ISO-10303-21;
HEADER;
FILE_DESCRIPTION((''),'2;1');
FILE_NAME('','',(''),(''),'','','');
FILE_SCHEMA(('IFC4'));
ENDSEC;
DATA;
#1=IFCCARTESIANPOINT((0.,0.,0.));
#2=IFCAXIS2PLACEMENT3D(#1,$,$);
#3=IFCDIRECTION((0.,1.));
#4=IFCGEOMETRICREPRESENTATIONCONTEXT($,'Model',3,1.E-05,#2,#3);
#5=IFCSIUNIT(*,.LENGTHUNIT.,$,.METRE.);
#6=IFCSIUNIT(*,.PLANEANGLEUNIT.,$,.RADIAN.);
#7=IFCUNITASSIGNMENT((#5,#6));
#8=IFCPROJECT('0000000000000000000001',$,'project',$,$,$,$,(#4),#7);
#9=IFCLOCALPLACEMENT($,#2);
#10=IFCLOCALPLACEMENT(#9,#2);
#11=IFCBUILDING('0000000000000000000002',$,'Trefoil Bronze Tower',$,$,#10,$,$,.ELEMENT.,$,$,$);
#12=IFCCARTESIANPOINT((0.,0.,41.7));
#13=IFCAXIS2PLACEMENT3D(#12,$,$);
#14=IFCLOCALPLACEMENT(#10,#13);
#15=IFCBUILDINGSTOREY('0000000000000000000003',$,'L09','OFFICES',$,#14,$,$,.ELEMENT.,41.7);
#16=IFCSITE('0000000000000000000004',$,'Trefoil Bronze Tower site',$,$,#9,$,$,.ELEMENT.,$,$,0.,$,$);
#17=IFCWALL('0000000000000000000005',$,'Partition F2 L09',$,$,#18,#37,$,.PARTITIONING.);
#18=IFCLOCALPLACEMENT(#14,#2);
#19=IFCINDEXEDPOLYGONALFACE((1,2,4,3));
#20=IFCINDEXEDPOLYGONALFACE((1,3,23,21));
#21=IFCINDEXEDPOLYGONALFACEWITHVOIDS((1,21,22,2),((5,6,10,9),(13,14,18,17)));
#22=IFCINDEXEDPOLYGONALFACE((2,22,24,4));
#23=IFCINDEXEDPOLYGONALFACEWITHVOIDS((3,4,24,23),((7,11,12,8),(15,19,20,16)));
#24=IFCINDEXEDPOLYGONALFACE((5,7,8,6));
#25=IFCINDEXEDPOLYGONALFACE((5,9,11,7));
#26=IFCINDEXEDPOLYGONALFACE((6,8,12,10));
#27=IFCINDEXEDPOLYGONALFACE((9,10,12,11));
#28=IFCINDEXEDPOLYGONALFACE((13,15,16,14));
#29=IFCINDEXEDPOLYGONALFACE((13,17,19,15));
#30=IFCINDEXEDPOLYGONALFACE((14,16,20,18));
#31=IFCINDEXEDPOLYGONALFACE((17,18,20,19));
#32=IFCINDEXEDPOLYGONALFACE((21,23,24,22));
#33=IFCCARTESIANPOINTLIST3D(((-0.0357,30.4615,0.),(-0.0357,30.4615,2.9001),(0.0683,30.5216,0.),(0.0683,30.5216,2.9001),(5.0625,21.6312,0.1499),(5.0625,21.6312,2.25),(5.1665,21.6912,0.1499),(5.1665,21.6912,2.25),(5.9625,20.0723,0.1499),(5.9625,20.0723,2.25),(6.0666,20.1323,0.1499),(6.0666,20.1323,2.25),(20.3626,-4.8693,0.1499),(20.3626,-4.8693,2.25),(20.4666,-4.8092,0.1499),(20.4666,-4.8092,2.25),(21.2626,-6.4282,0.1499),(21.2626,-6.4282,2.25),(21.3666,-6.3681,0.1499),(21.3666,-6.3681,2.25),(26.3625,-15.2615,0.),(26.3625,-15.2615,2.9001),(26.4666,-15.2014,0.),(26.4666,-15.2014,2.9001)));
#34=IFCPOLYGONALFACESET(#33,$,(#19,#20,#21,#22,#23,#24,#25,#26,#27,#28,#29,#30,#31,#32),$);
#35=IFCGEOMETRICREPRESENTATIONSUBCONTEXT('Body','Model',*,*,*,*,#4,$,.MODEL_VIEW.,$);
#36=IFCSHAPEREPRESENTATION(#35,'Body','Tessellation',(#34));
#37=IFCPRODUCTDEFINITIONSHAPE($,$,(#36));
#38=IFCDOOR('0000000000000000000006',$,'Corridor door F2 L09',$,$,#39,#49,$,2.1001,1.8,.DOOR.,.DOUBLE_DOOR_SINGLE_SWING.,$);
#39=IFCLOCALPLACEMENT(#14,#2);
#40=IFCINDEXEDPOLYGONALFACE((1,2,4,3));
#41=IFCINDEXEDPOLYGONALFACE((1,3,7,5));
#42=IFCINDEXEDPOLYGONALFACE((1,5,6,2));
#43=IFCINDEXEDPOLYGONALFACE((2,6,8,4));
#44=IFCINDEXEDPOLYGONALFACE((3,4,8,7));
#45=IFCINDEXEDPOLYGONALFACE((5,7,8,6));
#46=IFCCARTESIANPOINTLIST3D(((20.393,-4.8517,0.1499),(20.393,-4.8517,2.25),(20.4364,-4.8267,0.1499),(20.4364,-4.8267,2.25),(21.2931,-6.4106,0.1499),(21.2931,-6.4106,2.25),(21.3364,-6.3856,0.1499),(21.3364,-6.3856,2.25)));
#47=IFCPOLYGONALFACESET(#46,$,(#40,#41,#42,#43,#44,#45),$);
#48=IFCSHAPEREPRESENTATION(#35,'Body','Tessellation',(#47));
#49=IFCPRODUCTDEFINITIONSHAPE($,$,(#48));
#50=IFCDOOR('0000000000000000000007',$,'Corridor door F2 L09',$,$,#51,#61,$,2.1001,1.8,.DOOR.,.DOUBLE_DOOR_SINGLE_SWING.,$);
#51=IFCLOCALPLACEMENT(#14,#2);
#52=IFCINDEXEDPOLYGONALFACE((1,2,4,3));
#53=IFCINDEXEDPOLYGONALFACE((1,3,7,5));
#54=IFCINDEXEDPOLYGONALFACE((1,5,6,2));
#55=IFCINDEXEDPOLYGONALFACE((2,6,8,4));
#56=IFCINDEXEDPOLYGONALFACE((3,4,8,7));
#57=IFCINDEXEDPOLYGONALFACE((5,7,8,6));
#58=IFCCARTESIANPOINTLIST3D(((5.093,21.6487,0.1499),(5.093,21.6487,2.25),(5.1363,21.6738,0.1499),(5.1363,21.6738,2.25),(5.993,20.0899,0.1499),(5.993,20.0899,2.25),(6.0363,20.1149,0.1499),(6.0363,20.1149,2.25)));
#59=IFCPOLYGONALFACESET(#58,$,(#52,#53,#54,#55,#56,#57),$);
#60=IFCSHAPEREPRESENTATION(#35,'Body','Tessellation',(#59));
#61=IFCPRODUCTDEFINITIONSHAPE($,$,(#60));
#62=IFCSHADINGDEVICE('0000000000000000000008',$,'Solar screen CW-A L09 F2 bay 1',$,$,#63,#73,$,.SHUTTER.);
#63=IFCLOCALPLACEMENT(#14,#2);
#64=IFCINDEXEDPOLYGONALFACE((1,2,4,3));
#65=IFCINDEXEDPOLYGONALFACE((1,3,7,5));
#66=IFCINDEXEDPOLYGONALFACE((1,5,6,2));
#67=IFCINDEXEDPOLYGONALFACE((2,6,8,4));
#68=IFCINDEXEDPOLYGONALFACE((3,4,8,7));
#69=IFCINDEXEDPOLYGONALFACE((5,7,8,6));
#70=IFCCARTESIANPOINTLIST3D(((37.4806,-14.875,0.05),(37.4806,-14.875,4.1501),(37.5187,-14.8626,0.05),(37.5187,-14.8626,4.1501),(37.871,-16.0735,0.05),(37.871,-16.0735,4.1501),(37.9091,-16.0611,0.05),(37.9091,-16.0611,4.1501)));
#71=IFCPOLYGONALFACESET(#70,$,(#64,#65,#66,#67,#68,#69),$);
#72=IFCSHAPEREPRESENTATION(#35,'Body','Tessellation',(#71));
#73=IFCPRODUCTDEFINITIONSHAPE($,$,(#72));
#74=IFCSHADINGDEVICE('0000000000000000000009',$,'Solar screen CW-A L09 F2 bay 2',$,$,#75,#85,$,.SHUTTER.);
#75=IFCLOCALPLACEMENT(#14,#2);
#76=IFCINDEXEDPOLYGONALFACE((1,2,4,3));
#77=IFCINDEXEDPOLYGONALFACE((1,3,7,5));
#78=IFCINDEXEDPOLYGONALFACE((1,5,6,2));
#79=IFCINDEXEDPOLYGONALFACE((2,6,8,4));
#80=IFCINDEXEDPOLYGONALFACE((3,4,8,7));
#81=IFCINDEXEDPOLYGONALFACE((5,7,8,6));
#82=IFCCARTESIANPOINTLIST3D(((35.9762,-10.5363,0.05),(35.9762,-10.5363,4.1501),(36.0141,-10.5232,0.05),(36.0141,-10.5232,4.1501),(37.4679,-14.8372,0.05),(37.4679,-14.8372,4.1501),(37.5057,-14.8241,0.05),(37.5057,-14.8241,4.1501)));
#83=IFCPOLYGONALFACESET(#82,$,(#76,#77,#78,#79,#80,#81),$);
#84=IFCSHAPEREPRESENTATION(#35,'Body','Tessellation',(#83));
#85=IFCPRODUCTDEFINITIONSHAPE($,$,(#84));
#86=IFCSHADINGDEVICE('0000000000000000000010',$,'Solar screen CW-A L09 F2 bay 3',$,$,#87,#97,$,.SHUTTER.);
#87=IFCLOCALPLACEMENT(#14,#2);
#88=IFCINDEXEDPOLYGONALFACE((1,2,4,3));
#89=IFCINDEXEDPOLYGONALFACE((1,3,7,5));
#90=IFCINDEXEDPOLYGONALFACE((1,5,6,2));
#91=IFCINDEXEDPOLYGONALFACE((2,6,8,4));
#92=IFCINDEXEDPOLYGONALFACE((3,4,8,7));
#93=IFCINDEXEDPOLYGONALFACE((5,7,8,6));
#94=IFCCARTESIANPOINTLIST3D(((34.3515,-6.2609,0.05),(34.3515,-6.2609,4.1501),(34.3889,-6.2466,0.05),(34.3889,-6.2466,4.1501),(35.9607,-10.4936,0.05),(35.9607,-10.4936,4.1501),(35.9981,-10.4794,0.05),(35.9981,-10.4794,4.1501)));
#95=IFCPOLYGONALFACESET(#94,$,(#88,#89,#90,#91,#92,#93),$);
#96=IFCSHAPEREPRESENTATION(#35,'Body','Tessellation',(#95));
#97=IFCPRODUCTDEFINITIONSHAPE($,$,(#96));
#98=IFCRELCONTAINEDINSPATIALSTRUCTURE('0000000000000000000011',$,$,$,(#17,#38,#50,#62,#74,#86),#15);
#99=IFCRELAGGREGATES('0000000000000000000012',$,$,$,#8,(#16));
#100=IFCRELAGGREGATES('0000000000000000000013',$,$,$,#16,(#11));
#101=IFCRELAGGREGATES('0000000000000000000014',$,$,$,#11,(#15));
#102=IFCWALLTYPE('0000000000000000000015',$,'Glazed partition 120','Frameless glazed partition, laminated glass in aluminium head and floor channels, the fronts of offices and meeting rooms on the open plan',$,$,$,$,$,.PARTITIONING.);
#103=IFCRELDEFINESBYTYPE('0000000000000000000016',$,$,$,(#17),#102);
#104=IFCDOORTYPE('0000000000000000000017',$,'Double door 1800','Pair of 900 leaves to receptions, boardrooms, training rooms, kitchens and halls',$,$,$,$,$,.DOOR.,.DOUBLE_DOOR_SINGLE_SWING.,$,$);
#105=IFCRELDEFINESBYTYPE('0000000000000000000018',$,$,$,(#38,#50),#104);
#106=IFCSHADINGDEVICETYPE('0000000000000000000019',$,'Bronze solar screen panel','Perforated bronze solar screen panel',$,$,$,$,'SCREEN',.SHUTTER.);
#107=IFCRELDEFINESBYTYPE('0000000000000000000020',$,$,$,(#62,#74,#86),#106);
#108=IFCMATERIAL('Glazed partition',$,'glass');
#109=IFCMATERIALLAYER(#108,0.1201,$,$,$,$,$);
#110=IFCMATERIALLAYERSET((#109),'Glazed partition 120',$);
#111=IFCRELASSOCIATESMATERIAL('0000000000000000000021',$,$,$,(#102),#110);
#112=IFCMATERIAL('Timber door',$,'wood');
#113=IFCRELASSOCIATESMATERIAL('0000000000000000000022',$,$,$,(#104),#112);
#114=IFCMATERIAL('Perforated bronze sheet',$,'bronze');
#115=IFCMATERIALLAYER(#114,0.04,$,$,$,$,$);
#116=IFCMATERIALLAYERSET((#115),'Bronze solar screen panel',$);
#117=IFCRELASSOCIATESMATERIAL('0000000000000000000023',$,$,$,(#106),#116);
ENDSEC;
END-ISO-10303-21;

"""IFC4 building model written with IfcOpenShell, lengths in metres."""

from ifc_helpers import new_model, si_unit, direction, frame, frame_2d, origin, origin_2d, place, context, subcontext, project, spatial, rectangle, extrude, material, layer, layer_set, type_object, element, fill, save


model = new_model("IFC4")

# Units and contexts
model_context = context("Model", 3, precision=1e-05, world=origin(), true_north=direction((0.0, 1.0)))
body_context = subcontext(model_context, "Body", "Model", "MODEL_VIEW")
ifc_project = project(units=[si_unit("LENGTHUNIT", "METRE"), si_unit("PLANEANGLEUNIT", "RADIAN")], contexts=[model_context])

# Site, building, storey
site_placement = place(None, origin())
site = spatial("IfcSite", under=ifc_project, at=site_placement, Name="Trefoil Bronze Tower site", CompositionType="ELEMENT", RefElevation=0.0)
building_placement = place(site_placement, origin())
building = spatial("IfcBuilding", under=site, at=building_placement, Name="Trefoil Bronze Tower", CompositionType="ELEMENT")
storey_placement = place(building_placement, frame((0.0, 0.0, 41.7)))
storey = spatial("IfcBuildingStorey", under=building, at=storey_placement, Name="L09", Description="OFFICES", CompositionType="ELEMENT", Elevation=41.7)

# Wall, openings, doors
ifc_material_1 = material(Name="Glazed partition", Category="glass")
ifc_layer_1 = layer(ifc_material_1, 0.1201)
ifc_layer_set_1 = layer_set([ifc_layer_1], Name="Glazed partition 120")
wall_type = type_object("IfcWallType", Name="Glazed partition 120", Description="Frameless glazed partition, laminated glass in aluminium head and floor channels, the fronts of offices and meeting rooms on the open plan", PredefinedType="PARTITIONING", material=ifc_layer_set_1)
wall_placement = place(storey_placement, frame((26.4146, -15.2314, 0.0), z_axis=(0.0, 0.0, 1.0), x_axis=(-0.500001, 0.866025, 0.0)))
wall = element("IfcWall", 1, at=wall_placement, inside=storey, type_object=wall_type, Name="Partition F2 L09", PredefinedType="PARTITIONING", context=body_context, shape_type="SweptSolid", body=[
    extrude(rectangle(XDim=52.7964, YDim=0.1201, at=frame_2d((26.3982, 0.0))), origin(), (0.0, 0.0, 1.0), 2.9001),
])
opening_1_placement = place(wall_placement, frame((10.2, 0.0, 0.1499)))
opening_1 = element("IfcOpeningElement", 2, at=opening_1_placement, cuts=wall, PredefinedType="OPENING", context=body_context, shape_type="SweptSolid", body=[
    extrude(rectangle(XDim=1.8, YDim=2.1001, at=frame_2d((0.8999, 1.05))), frame((0.0, 0.0701, 0.0), z_axis=(0.0, -1.0, 0.0), x_axis=(1.0, 0.0, 0.0)), (0.0, 0.0, 1.0), 0.1401),
])
opening_2_placement = place(wall_placement, frame((40.8, 0.0, 0.1499)))
opening_2 = element("IfcOpeningElement", 3, at=opening_2_placement, cuts=wall, PredefinedType="OPENING", context=body_context, shape_type="SweptSolid", body=[
    extrude(rectangle(XDim=1.8, YDim=2.1001, at=frame_2d((0.8999, 1.05))), frame((0.0, 0.0701, 0.0), z_axis=(0.0, -1.0, 0.0), x_axis=(1.0, 0.0, 0.0)), (0.0, 0.0, 1.0), 0.1401),
])
ifc_material_2 = material(Name="Timber door", Category="wood")
door_type = type_object("IfcDoorType", Name="Double door 1800", Description="Pair of 900 leaves to receptions, boardrooms, training rooms, kitchens and halls", OperationType="DOUBLE_DOOR_SINGLE_SWING", PredefinedType="DOOR", material=ifc_material_2)
door_1_placement = place(opening_1_placement, origin())
door_1 = element("IfcDoor", 4, at=door_1_placement, inside=storey, type_object=door_type, Name="Corridor door F2 L09", OperationType="DOUBLE_DOOR_SINGLE_SWING", OverallHeight=2.1001, OverallWidth=1.8, PredefinedType="DOOR", context=body_context, shape_type="SweptSolid", body=[
    extrude(rectangle(XDim=1.8, YDim=2.1001, at=frame_2d((0.8999, 1.05))), frame((0.0, 0.0249, 0.0), z_axis=(0.0, -1.0, 0.0), x_axis=(1.0, 0.0, 0.0)), (0.0, 0.0, 1.0), 0.05),
])
fill(opening_1, door_1)
door_2_placement = place(opening_2_placement, origin())
door_2 = element("IfcDoor", 5, at=door_2_placement, inside=storey, type_object=door_type, Name="Corridor door F2 L09", OperationType="DOUBLE_DOOR_SINGLE_SWING", OverallHeight=2.1001, OverallWidth=1.8, PredefinedType="DOOR", context=body_context, shape_type="SweptSolid", body=[
    extrude(rectangle(XDim=1.8, YDim=2.1001, at=frame_2d((0.8999, 1.05))), frame((0.0, 0.0249, 0.0), z_axis=(0.0, -1.0, 0.0), x_axis=(1.0, 0.0, 0.0)), (0.0, 0.0, 1.0), 0.05),
])
fill(opening_2, door_2)

# Shading devices
ifc_material_3 = material(Name="Perforated bronze sheet", Category="bronze")
ifc_layer_2 = layer(ifc_material_3, 0.04)
ifc_layer_set_2 = layer_set([ifc_layer_2], Name="Bronze solar screen panel")
shading_device_type = type_object("IfcShadingDeviceType", Name="Bronze solar screen panel", Description="Perforated bronze solar screen panel", ElementType="SCREEN", PredefinedType="SHUTTER", material=ifc_layer_set_2)
shading_device_1_placement = place(storey_placement, frame((37.6948, -15.468, 0.05), z_axis=(0.0, 0.0, 1.0), x_axis=(-0.309728, 0.950825, 0.0)))
element("IfcShadingDevice", 6, at=shading_device_1_placement, inside=storey, type_object=shading_device_type, Name="Solar screen CW-A L09 F2 bay 1", PredefinedType="SHUTTER", context=body_context, shape_type="SweptSolid", body=[
    extrude(rectangle(XDim=1.2605, YDim=0.04, at=origin_2d()), origin(), (0.0, 0.0, 1.0), 4.1001),
])
shading_device_2_placement = place(storey_placement, frame((36.741, -12.6802, 0.05), z_axis=(0.0, 0.0, 1.0), x_axis=(-0.327674, 0.944791, 0.0)))
element("IfcShadingDevice", 7, at=shading_device_2_placement, inside=storey, type_object=shading_device_type, Name="Solar screen CW-A L09 F2 bay 2", PredefinedType="SHUTTER", context=body_context, shape_type="SweptSolid", body=[
    extrude(rectangle(XDim=4.5522, YDim=0.04, at=origin_2d()), origin(), (0.0, 0.0, 1.0), 4.1001),
])
shading_device_3_placement = place(storey_placement, frame((35.1748, -8.3701, 0.05), z_axis=(0.0, 0.0, 1.0), x_axis=(-0.355371, 0.934725, 0.0)))
element("IfcShadingDevice", 8, at=shading_device_3_placement, inside=storey, type_object=shading_device_type, Name="Solar screen CW-A L09 F2 bay 3", PredefinedType="SHUTTER", context=body_context, shape_type="SweptSolid", body=[
    extrude(rectangle(XDim=4.5283, YDim=0.04, at=origin_2d()), origin(), (0.0, 0.0, 1.0), 4.1001),
])

save(model, "model.ifc")
